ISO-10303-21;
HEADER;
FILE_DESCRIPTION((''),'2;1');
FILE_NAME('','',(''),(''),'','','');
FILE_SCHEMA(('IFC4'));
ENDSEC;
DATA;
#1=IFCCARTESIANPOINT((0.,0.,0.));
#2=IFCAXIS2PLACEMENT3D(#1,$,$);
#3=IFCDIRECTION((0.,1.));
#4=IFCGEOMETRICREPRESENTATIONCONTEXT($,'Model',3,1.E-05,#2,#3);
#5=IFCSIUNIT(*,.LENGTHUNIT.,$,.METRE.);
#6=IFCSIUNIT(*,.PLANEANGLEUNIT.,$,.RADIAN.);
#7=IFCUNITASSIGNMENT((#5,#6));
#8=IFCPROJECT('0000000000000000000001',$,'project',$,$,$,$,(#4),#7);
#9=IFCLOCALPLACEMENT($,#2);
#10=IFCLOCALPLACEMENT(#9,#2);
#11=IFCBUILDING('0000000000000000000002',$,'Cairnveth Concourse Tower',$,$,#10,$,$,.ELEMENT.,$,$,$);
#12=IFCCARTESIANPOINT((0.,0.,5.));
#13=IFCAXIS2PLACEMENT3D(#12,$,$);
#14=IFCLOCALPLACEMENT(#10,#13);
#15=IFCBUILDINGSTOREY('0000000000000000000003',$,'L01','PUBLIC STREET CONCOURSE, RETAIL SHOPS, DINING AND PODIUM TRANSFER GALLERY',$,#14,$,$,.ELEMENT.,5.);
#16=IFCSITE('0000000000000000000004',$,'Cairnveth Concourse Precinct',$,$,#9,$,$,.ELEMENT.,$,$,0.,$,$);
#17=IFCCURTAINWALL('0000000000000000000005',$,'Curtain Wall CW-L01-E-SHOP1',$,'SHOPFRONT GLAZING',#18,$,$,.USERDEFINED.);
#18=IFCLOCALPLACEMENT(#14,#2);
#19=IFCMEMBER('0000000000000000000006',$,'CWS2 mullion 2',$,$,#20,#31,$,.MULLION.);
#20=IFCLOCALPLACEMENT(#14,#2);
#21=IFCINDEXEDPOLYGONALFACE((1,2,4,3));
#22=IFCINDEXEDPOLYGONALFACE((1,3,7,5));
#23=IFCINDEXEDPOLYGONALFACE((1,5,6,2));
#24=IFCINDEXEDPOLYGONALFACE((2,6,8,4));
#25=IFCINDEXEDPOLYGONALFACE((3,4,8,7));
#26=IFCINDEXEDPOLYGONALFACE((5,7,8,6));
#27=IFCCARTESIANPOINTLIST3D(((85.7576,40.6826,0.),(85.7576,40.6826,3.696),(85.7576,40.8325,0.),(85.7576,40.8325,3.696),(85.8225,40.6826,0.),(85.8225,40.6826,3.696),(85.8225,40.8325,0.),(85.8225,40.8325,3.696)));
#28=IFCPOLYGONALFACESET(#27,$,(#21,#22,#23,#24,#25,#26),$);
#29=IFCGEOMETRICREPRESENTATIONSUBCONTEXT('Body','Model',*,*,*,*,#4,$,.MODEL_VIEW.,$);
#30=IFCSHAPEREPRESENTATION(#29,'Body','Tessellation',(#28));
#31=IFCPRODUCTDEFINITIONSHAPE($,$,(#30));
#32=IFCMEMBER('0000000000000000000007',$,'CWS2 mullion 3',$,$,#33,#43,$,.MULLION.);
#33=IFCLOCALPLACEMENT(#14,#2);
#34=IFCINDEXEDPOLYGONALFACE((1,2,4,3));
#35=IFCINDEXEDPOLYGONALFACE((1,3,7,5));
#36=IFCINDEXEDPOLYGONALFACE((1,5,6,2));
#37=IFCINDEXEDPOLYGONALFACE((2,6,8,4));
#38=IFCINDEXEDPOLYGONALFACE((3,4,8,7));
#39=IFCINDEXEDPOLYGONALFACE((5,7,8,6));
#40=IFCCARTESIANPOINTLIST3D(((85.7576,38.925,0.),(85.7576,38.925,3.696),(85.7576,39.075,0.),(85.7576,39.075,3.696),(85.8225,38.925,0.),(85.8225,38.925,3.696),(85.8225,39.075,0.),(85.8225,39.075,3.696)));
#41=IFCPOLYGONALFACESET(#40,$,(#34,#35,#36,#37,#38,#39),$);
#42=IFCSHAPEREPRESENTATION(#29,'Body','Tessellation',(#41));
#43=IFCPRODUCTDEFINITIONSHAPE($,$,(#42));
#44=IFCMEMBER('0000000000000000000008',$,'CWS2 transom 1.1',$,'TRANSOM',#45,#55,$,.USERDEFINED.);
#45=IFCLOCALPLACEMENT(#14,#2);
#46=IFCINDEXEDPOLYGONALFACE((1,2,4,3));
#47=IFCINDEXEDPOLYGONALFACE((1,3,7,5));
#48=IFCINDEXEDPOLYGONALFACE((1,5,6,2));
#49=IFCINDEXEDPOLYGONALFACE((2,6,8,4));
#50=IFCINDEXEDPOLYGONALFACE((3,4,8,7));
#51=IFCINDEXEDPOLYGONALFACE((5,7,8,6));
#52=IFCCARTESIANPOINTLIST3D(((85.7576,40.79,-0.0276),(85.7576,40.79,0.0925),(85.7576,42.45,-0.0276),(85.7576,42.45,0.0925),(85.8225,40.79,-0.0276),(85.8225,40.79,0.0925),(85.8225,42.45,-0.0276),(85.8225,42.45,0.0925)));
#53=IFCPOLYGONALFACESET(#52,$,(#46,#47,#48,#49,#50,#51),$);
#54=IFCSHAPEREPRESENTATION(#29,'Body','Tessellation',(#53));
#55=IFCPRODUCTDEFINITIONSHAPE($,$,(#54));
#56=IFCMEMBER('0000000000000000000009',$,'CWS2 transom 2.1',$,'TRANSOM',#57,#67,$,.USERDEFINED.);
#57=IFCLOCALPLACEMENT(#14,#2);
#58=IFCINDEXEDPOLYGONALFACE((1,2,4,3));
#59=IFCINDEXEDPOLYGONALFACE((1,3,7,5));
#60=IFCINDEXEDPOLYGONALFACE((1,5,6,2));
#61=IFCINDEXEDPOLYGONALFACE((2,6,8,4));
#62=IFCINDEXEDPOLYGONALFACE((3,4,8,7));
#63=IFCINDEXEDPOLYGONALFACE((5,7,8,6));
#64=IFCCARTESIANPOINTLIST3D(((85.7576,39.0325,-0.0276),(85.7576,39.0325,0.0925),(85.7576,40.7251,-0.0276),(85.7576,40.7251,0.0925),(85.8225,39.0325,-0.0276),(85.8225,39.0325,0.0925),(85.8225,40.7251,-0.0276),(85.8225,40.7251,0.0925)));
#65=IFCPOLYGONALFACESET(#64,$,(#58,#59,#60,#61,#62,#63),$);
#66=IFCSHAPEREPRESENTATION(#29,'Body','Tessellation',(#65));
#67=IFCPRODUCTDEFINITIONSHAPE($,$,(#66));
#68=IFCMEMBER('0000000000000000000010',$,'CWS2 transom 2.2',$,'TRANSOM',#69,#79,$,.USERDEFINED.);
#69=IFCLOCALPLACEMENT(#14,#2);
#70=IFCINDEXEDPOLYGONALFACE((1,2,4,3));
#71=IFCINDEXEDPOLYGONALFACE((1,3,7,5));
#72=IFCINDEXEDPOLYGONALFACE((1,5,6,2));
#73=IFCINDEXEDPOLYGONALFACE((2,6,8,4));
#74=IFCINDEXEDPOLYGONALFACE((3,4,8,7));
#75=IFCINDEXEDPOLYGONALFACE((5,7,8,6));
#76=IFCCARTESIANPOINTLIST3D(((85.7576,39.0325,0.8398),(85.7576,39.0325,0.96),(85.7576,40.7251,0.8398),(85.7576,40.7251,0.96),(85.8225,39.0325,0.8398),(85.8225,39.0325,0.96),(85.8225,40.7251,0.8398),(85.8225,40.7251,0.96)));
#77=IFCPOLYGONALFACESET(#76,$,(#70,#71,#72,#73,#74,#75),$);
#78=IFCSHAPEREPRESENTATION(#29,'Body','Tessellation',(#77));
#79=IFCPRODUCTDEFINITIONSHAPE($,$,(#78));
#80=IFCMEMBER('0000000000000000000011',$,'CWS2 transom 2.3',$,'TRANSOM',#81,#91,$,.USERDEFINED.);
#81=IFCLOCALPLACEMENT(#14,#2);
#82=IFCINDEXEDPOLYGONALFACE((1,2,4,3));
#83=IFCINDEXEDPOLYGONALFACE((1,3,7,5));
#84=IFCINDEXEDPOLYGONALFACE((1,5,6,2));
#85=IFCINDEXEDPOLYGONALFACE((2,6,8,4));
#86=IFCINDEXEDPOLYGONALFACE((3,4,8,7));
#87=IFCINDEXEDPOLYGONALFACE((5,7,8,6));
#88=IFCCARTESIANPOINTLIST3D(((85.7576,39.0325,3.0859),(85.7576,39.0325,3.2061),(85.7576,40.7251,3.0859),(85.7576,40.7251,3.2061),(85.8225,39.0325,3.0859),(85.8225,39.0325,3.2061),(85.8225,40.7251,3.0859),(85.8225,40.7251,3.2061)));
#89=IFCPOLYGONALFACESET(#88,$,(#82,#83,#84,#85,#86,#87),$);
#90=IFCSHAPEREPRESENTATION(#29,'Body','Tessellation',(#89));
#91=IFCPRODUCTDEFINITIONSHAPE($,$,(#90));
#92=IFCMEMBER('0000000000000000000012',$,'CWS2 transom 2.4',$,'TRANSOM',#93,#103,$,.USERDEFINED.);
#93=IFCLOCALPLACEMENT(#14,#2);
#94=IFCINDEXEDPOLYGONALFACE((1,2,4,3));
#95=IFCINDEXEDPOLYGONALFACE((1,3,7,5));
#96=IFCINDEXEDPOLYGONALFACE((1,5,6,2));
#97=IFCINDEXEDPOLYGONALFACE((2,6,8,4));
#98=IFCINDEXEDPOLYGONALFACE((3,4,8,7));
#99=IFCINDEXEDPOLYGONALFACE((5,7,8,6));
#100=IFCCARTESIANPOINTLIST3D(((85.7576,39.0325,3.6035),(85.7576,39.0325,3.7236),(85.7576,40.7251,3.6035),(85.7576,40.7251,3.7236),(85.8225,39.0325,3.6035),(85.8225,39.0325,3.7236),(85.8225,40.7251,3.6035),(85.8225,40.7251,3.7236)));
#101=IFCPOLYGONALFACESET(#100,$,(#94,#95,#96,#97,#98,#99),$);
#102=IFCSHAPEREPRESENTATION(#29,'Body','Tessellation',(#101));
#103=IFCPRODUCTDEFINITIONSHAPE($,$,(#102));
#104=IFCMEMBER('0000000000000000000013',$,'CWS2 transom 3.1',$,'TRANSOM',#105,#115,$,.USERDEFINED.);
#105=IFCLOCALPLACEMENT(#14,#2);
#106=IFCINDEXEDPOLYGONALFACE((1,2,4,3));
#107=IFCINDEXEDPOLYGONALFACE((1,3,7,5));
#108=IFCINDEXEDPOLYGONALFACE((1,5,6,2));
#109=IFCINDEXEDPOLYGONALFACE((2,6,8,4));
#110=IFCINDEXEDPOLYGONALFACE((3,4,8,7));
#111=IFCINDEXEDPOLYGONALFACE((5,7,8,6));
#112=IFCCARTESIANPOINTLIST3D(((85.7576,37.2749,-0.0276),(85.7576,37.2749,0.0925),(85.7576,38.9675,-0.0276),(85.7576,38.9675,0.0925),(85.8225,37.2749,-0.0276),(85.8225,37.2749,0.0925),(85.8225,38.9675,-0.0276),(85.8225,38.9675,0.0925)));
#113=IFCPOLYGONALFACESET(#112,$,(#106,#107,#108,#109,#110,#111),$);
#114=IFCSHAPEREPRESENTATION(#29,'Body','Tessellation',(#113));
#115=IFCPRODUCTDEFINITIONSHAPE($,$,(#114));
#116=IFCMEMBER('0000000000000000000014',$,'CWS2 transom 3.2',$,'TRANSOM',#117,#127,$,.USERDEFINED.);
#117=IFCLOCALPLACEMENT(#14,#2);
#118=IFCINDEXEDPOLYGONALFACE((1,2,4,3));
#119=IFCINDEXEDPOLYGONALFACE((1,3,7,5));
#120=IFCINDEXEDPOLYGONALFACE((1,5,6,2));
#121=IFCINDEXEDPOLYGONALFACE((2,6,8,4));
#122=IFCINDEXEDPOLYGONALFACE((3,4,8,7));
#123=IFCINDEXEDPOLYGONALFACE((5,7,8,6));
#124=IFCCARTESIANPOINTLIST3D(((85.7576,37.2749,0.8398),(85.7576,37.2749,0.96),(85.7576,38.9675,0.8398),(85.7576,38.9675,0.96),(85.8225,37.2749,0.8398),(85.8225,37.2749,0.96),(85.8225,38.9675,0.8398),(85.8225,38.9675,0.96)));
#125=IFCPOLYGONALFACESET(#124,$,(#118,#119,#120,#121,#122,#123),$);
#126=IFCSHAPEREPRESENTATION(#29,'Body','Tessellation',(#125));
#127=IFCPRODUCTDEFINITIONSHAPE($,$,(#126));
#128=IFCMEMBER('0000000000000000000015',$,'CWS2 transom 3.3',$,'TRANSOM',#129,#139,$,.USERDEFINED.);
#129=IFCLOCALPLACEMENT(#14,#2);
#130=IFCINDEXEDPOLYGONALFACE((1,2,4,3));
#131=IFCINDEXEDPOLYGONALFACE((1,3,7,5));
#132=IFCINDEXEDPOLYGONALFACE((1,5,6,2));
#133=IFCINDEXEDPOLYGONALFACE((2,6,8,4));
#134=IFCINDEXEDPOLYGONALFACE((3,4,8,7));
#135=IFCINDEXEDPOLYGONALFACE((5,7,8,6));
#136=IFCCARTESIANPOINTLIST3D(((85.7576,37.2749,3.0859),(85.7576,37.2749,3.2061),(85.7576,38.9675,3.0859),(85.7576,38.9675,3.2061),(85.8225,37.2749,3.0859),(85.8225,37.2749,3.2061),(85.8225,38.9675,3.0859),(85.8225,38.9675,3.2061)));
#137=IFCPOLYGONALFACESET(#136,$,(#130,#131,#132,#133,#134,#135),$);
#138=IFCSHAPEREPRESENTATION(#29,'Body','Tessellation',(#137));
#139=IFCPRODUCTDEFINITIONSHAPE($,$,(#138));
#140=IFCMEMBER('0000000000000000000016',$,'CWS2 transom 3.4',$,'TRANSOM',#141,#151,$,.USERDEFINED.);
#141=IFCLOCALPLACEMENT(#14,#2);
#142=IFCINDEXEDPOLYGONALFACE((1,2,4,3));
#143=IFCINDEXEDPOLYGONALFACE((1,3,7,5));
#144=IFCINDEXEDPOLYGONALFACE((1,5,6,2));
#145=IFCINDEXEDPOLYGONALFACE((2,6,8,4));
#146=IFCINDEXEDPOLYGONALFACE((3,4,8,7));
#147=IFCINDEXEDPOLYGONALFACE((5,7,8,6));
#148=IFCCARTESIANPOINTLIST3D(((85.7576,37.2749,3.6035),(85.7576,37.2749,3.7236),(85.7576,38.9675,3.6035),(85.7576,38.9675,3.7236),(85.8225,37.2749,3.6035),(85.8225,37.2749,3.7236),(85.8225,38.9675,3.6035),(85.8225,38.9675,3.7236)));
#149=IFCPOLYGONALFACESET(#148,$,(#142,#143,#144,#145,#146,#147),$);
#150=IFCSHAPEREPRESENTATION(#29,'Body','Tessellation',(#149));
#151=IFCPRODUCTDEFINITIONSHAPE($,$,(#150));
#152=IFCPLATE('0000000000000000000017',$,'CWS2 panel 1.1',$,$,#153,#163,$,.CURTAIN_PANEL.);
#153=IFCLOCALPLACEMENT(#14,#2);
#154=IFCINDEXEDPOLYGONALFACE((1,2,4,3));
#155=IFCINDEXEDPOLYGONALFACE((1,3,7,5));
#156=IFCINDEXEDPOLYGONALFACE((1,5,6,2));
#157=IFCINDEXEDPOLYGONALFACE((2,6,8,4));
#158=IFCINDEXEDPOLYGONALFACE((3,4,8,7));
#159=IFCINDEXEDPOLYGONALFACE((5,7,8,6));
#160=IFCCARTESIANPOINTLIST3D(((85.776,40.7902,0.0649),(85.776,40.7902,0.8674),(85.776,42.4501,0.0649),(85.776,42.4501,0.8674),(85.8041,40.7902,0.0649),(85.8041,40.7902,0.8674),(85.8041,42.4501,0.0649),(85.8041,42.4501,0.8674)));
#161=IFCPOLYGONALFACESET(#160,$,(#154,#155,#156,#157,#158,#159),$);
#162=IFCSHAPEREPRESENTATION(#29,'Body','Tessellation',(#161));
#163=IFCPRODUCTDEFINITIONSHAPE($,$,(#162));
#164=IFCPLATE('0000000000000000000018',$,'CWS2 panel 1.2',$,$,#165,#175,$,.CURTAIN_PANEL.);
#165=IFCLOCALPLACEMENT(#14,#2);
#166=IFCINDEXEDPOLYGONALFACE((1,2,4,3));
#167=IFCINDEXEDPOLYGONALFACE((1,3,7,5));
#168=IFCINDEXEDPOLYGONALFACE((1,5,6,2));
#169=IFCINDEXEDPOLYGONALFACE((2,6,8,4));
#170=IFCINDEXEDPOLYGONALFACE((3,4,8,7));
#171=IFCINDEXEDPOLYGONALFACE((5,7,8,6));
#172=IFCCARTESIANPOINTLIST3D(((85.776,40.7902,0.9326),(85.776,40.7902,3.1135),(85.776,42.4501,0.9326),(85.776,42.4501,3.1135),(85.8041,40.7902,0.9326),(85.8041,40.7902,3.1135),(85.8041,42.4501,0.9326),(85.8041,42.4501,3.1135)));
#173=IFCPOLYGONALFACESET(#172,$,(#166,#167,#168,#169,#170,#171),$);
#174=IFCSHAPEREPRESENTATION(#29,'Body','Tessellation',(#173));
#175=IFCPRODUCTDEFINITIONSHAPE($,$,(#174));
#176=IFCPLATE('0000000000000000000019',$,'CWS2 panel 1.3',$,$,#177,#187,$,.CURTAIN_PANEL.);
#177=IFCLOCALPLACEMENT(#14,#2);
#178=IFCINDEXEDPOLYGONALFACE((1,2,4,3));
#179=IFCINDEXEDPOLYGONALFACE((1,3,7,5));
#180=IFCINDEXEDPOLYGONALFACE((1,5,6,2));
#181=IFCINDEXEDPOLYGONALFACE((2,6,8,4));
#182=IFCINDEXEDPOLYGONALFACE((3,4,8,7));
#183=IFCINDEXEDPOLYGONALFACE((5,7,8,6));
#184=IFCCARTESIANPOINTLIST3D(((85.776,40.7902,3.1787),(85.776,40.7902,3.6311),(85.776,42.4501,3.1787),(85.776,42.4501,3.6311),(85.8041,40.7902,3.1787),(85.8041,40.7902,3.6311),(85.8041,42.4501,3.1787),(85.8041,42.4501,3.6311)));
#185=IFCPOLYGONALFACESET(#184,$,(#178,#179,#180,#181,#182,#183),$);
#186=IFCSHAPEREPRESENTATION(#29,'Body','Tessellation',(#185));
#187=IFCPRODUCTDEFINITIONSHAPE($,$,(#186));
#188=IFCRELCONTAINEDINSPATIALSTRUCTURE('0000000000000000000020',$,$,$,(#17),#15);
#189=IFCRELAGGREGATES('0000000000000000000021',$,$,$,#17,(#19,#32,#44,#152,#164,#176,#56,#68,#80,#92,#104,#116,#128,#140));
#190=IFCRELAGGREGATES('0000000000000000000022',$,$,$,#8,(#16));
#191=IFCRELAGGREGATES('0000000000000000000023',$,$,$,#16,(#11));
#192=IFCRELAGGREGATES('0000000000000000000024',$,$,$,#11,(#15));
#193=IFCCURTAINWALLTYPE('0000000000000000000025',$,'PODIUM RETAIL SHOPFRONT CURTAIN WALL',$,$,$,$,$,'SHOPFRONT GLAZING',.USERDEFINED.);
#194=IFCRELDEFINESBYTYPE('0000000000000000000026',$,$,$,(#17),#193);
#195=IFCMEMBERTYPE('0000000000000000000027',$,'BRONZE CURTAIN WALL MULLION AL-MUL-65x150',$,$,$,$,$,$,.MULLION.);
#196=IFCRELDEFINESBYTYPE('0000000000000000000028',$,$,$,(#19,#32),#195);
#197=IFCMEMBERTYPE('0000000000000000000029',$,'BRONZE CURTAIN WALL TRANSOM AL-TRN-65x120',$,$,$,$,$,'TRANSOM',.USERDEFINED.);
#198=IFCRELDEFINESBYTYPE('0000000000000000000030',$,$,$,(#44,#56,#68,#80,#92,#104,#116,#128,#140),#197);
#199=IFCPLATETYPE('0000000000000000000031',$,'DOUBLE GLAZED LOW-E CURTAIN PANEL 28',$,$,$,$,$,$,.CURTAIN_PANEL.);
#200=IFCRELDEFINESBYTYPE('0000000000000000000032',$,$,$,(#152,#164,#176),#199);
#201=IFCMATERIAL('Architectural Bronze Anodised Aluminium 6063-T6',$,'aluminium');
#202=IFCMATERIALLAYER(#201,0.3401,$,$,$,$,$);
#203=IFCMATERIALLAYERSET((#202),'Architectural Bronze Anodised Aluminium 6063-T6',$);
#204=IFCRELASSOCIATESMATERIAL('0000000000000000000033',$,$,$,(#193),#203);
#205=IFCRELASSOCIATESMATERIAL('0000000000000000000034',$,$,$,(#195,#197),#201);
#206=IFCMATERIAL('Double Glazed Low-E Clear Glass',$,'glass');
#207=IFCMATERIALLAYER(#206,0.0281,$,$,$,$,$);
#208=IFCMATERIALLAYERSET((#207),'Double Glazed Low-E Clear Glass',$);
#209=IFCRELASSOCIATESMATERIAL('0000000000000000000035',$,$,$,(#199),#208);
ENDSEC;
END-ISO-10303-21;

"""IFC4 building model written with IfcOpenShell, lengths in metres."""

from ifc_helpers import new_model, si_unit, direction, frame, origin, origin_2d, place, context, subcontext, project, spatial, rectangle, extrude, material, layer, layer_set, material_profile, profile_set, type_object, element, aggregate, save


model = new_model("IFC4")

# Units and contexts
model_context = context("Model", 3, precision=1e-05, world=origin(), true_north=direction((0.0, 1.0)))
body_context = subcontext(model_context, "Body", "Model", "MODEL_VIEW")
ifc_project = project(units=[si_unit("LENGTHUNIT", "METRE"), si_unit("PLANEANGLEUNIT", "RADIAN")], contexts=[model_context])

# Site, building, storey
site_placement = place(None, origin())
site = spatial("IfcSite", under=ifc_project, at=site_placement, Name="Cairnveth Concourse Precinct", CompositionType="ELEMENT", RefElevation=0.0)
building_placement = place(site_placement, origin())
building = spatial("IfcBuilding", under=site, at=building_placement, Name="Cairnveth Concourse Tower", CompositionType="ELEMENT")
storey_placement = place(building_placement, frame((0.0, 0.0, 5.0)))
storey = spatial("IfcBuildingStorey", under=building, at=storey_placement, Name="L01", Description="PUBLIC STREET CONCOURSE, RETAIL SHOPS, DINING AND PODIUM TRANSFER GALLERY", CompositionType="ELEMENT", Elevation=5.0)

# Curtain wall, members, plates
ifc_material_1 = material(Name="Architectural Bronze Anodised Aluminium 6063-T6", Category="aluminium")
ifc_layer_1 = layer(ifc_material_1, 0.3401)
ifc_layer_set_1 = layer_set([ifc_layer_1], Name="Architectural Bronze Anodised Aluminium 6063-T6")
curtain_wall_type = type_object("IfcCurtainWallType", Name="PODIUM RETAIL SHOPFRONT CURTAIN WALL", ElementType="SHOPFRONT GLAZING", PredefinedType="USERDEFINED", material=ifc_layer_set_1)
curtain_wall_placement = place(storey_placement, origin())
curtain_wall = element("IfcCurtainWall", 1, at=curtain_wall_placement, inside=storey, type_object=curtain_wall_type, Name="Curtain Wall CW-L01-E-SHOP1", ObjectType="SHOPFRONT GLAZING", PredefinedType="USERDEFINED")
ifc_material_profile_1 = material_profile(ifc_material_1, rectangle(XDim=0.0649, YDim=0.1499, at=origin_2d()), Name="AL-MUL-65x150")
ifc_profile_set_1 = profile_set([ifc_material_profile_1], Name="Architectural Bronze Anodised Aluminium 6063-T6")
member_type_1 = type_object("IfcMemberType", Name="BRONZE CURTAIN WALL MULLION AL-MUL-65x150", PredefinedType="MULLION", material=ifc_profile_set_1)
member_1_placement = place(storey_placement, frame((85.79, 40.7576, 0.0), z_axis=(0.0, 0.0, 1.0), x_axis=(1.0, 0.0, 0.0)))
member_1 = element("IfcMember", 2, at=member_1_placement, type_object=member_type_1, Name="CWS2 mullion 2", PredefinedType="MULLION", context=body_context, shape_type="SweptSolid", body=[
    extrude(rectangle(XDim=0.0649, YDim=0.1499, at=origin_2d()), origin(), (0.0, 0.0, 1.0), 3.696),
])
member_2_placement = place(storey_placement, frame((85.79, 39.0, 0.0), z_axis=(0.0, 0.0, 1.0), x_axis=(1.0, 0.0, 0.0)))
member_2 = element("IfcMember", 3, at=member_2_placement, type_object=member_type_1, Name="CWS2 mullion 3", PredefinedType="MULLION", context=body_context, shape_type="SweptSolid", body=[
    extrude(rectangle(XDim=0.0649, YDim=0.1499, at=origin_2d()), origin(), (0.0, 0.0, 1.0), 3.696),
])
ifc_material_profile_2 = material_profile(ifc_material_1, rectangle(XDim=0.0649, YDim=0.1201, at=origin_2d()), Name="AL-TRN-65x120")
ifc_profile_set_2 = profile_set([ifc_material_profile_2], Name="Architectural Bronze Anodised Aluminium 6063-T6")
member_type_2 = type_object("IfcMemberType", Name="BRONZE CURTAIN WALL TRANSOM AL-TRN-65x120", ElementType="TRANSOM", PredefinedType="USERDEFINED", material=ifc_profile_set_2)
member_3_placement = place(storey_placement, frame((85.79, 42.45, 0.0325), z_axis=(0.0, -1.0, 0.0), x_axis=(1.0, 0.0, 0.0)))
member_3 = element("IfcMember", 4, at=member_3_placement, type_object=member_type_2, Name="CWS2 transom 1.1", ObjectType="TRANSOM", PredefinedType="USERDEFINED", context=body_context, shape_type="SweptSolid", body=[
    extrude(rectangle(XDim=0.0649, YDim=0.1201, at=origin_2d()), origin(), (0.0, 0.0, 1.0), 1.6599),
])
member_4_placement = place(storey_placement, frame((85.79, 40.7251, 0.0325), z_axis=(0.0, -1.0, 0.0), x_axis=(1.0, 0.0, 0.0)))
member_4 = element("IfcMember", 5, at=member_4_placement, type_object=member_type_2, Name="CWS2 transom 2.1", ObjectType="TRANSOM", PredefinedType="USERDEFINED", context=body_context, shape_type="SweptSolid", body=[
    extrude(rectangle(XDim=0.0649, YDim=0.1201, at=origin_2d()), origin(), (0.0, 0.0, 1.0), 1.6926),
])
member_5_placement = place(storey_placement, frame((85.79, 40.7251, 0.8999), z_axis=(0.0, -1.0, 0.0), x_axis=(1.0, 0.0, 0.0)))
member_5 = element("IfcMember", 6, at=member_5_placement, type_object=member_type_2, Name="CWS2 transom 2.2", ObjectType="TRANSOM", PredefinedType="USERDEFINED", context=body_context, shape_type="SweptSolid", body=[
    extrude(rectangle(XDim=0.0649, YDim=0.1201, at=origin_2d()), origin(), (0.0, 0.0, 1.0), 1.6926),
])
member_6_placement = place(storey_placement, frame((85.79, 40.7251, 3.146), z_axis=(0.0, -1.0, 0.0), x_axis=(1.0, 0.0, 0.0)))
member_6 = element("IfcMember", 7, at=member_6_placement, type_object=member_type_2, Name="CWS2 transom 2.3", ObjectType="TRANSOM", PredefinedType="USERDEFINED", context=body_context, shape_type="SweptSolid", body=[
    extrude(rectangle(XDim=0.0649, YDim=0.1201, at=origin_2d()), origin(), (0.0, 0.0, 1.0), 1.6926),
])
member_7_placement = place(storey_placement, frame((85.79, 40.7251, 3.6636), z_axis=(0.0, -1.0, 0.0), x_axis=(1.0, 0.0, 0.0)))
member_7 = element("IfcMember", 8, at=member_7_placement, type_object=member_type_2, Name="CWS2 transom 2.4", ObjectType="TRANSOM", PredefinedType="USERDEFINED", context=body_context, shape_type="SweptSolid", body=[
    extrude(rectangle(XDim=0.0649, YDim=0.1201, at=origin_2d()), origin(), (0.0, 0.0, 1.0), 1.6926),
])
member_8_placement = place(storey_placement, frame((85.79, 38.9675, 0.0325), z_axis=(0.0, -1.0, 0.0), x_axis=(1.0, 0.0, 0.0)))
member_8 = element("IfcMember", 9, at=member_8_placement, type_object=member_type_2, Name="CWS2 transom 3.1", ObjectType="TRANSOM", PredefinedType="USERDEFINED", context=body_context, shape_type="SweptSolid", body=[
    extrude(rectangle(XDim=0.0649, YDim=0.1201, at=origin_2d()), origin(), (0.0, 0.0, 1.0), 1.6926),
])
member_9_placement = place(storey_placement, frame((85.79, 38.9675, 0.8999), z_axis=(0.0, -1.0, 0.0), x_axis=(1.0, 0.0, 0.0)))
member_9 = element("IfcMember", 10, at=member_9_placement, type_object=member_type_2, Name="CWS2 transom 3.2", ObjectType="TRANSOM", PredefinedType="USERDEFINED", context=body_context, shape_type="SweptSolid", body=[
    extrude(rectangle(XDim=0.0649, YDim=0.1201, at=origin_2d()), origin(), (0.0, 0.0, 1.0), 1.6926),
])
member_10_placement = place(storey_placement, frame((85.79, 38.9675, 3.146), z_axis=(0.0, -1.0, 0.0), x_axis=(1.0, 0.0, 0.0)))
member_10 = element("IfcMember", 11, at=member_10_placement, type_object=member_type_2, Name="CWS2 transom 3.3", ObjectType="TRANSOM", PredefinedType="USERDEFINED", context=body_context, shape_type="SweptSolid", body=[
    extrude(rectangle(XDim=0.0649, YDim=0.1201, at=origin_2d()), origin(), (0.0, 0.0, 1.0), 1.6926),
])
member_11_placement = place(storey_placement, frame((85.79, 38.9675, 3.6636), z_axis=(0.0, -1.0, 0.0), x_axis=(1.0, 0.0, 0.0)))
member_11 = element("IfcMember", 12, at=member_11_placement, type_object=member_type_2, Name="CWS2 transom 3.4", ObjectType="TRANSOM", PredefinedType="USERDEFINED", context=body_context, shape_type="SweptSolid", body=[
    extrude(rectangle(XDim=0.0649, YDim=0.1201, at=origin_2d()), origin(), (0.0, 0.0, 1.0), 1.6926),
])
ifc_material_2 = material(Name="Double Glazed Low-E Clear Glass", Category="glass")
ifc_layer_2 = layer(ifc_material_2, 0.0281)
ifc_layer_set_2 = layer_set([ifc_layer_2], Name="Double Glazed Low-E Clear Glass")
plate_type = type_object("IfcPlateType", Name="DOUBLE GLAZED LOW-E CURTAIN PANEL 28", PredefinedType="CURTAIN_PANEL", material=ifc_layer_set_2)
plate_1_placement = place(storey_placement, frame((85.79, 41.6201, 0.0649), z_axis=(0.0, 0.0, 1.0), x_axis=(0.0, -1.0, 0.0)))
plate_1 = element("IfcPlate", 13, at=plate_1_placement, type_object=plate_type, Name="CWS2 panel 1.1", PredefinedType="CURTAIN_PANEL", context=body_context, shape_type="SweptSolid", body=[
    extrude(rectangle(XDim=1.6599, YDim=0.0281, at=origin_2d()), origin(), (0.0, 0.0, 1.0), 0.8025),
])
plate_2_placement = place(storey_placement, frame((85.79, 41.6201, 0.9326), z_axis=(0.0, 0.0, 1.0), x_axis=(0.0, -1.0, 0.0)))
plate_2 = element("IfcPlate", 14, at=plate_2_placement, type_object=plate_type, Name="CWS2 panel 1.2", PredefinedType="CURTAIN_PANEL", context=body_context, shape_type="SweptSolid", body=[
    extrude(rectangle(XDim=1.6599, YDim=0.0281, at=origin_2d()), origin(), (0.0, 0.0, 1.0), 2.1809),
])
plate_3_placement = place(storey_placement, frame((85.79, 41.6201, 3.1787), z_axis=(0.0, 0.0, 1.0), x_axis=(0.0, -1.0, 0.0)))
plate_3 = element("IfcPlate", 15, at=plate_3_placement, type_object=plate_type, Name="CWS2 panel 1.3", PredefinedType="CURTAIN_PANEL", context=body_context, shape_type="SweptSolid", body=[
    extrude(rectangle(XDim=1.6599, YDim=0.0281, at=origin_2d()), origin(), (0.0, 0.0, 1.0), 0.4524),
])
aggregate(curtain_wall, [member_1, member_2, member_3, plate_1, plate_2, plate_3, member_4, member_5, member_6, member_7, member_8, member_9, member_10, member_11])

save(model, "model.ifc")
